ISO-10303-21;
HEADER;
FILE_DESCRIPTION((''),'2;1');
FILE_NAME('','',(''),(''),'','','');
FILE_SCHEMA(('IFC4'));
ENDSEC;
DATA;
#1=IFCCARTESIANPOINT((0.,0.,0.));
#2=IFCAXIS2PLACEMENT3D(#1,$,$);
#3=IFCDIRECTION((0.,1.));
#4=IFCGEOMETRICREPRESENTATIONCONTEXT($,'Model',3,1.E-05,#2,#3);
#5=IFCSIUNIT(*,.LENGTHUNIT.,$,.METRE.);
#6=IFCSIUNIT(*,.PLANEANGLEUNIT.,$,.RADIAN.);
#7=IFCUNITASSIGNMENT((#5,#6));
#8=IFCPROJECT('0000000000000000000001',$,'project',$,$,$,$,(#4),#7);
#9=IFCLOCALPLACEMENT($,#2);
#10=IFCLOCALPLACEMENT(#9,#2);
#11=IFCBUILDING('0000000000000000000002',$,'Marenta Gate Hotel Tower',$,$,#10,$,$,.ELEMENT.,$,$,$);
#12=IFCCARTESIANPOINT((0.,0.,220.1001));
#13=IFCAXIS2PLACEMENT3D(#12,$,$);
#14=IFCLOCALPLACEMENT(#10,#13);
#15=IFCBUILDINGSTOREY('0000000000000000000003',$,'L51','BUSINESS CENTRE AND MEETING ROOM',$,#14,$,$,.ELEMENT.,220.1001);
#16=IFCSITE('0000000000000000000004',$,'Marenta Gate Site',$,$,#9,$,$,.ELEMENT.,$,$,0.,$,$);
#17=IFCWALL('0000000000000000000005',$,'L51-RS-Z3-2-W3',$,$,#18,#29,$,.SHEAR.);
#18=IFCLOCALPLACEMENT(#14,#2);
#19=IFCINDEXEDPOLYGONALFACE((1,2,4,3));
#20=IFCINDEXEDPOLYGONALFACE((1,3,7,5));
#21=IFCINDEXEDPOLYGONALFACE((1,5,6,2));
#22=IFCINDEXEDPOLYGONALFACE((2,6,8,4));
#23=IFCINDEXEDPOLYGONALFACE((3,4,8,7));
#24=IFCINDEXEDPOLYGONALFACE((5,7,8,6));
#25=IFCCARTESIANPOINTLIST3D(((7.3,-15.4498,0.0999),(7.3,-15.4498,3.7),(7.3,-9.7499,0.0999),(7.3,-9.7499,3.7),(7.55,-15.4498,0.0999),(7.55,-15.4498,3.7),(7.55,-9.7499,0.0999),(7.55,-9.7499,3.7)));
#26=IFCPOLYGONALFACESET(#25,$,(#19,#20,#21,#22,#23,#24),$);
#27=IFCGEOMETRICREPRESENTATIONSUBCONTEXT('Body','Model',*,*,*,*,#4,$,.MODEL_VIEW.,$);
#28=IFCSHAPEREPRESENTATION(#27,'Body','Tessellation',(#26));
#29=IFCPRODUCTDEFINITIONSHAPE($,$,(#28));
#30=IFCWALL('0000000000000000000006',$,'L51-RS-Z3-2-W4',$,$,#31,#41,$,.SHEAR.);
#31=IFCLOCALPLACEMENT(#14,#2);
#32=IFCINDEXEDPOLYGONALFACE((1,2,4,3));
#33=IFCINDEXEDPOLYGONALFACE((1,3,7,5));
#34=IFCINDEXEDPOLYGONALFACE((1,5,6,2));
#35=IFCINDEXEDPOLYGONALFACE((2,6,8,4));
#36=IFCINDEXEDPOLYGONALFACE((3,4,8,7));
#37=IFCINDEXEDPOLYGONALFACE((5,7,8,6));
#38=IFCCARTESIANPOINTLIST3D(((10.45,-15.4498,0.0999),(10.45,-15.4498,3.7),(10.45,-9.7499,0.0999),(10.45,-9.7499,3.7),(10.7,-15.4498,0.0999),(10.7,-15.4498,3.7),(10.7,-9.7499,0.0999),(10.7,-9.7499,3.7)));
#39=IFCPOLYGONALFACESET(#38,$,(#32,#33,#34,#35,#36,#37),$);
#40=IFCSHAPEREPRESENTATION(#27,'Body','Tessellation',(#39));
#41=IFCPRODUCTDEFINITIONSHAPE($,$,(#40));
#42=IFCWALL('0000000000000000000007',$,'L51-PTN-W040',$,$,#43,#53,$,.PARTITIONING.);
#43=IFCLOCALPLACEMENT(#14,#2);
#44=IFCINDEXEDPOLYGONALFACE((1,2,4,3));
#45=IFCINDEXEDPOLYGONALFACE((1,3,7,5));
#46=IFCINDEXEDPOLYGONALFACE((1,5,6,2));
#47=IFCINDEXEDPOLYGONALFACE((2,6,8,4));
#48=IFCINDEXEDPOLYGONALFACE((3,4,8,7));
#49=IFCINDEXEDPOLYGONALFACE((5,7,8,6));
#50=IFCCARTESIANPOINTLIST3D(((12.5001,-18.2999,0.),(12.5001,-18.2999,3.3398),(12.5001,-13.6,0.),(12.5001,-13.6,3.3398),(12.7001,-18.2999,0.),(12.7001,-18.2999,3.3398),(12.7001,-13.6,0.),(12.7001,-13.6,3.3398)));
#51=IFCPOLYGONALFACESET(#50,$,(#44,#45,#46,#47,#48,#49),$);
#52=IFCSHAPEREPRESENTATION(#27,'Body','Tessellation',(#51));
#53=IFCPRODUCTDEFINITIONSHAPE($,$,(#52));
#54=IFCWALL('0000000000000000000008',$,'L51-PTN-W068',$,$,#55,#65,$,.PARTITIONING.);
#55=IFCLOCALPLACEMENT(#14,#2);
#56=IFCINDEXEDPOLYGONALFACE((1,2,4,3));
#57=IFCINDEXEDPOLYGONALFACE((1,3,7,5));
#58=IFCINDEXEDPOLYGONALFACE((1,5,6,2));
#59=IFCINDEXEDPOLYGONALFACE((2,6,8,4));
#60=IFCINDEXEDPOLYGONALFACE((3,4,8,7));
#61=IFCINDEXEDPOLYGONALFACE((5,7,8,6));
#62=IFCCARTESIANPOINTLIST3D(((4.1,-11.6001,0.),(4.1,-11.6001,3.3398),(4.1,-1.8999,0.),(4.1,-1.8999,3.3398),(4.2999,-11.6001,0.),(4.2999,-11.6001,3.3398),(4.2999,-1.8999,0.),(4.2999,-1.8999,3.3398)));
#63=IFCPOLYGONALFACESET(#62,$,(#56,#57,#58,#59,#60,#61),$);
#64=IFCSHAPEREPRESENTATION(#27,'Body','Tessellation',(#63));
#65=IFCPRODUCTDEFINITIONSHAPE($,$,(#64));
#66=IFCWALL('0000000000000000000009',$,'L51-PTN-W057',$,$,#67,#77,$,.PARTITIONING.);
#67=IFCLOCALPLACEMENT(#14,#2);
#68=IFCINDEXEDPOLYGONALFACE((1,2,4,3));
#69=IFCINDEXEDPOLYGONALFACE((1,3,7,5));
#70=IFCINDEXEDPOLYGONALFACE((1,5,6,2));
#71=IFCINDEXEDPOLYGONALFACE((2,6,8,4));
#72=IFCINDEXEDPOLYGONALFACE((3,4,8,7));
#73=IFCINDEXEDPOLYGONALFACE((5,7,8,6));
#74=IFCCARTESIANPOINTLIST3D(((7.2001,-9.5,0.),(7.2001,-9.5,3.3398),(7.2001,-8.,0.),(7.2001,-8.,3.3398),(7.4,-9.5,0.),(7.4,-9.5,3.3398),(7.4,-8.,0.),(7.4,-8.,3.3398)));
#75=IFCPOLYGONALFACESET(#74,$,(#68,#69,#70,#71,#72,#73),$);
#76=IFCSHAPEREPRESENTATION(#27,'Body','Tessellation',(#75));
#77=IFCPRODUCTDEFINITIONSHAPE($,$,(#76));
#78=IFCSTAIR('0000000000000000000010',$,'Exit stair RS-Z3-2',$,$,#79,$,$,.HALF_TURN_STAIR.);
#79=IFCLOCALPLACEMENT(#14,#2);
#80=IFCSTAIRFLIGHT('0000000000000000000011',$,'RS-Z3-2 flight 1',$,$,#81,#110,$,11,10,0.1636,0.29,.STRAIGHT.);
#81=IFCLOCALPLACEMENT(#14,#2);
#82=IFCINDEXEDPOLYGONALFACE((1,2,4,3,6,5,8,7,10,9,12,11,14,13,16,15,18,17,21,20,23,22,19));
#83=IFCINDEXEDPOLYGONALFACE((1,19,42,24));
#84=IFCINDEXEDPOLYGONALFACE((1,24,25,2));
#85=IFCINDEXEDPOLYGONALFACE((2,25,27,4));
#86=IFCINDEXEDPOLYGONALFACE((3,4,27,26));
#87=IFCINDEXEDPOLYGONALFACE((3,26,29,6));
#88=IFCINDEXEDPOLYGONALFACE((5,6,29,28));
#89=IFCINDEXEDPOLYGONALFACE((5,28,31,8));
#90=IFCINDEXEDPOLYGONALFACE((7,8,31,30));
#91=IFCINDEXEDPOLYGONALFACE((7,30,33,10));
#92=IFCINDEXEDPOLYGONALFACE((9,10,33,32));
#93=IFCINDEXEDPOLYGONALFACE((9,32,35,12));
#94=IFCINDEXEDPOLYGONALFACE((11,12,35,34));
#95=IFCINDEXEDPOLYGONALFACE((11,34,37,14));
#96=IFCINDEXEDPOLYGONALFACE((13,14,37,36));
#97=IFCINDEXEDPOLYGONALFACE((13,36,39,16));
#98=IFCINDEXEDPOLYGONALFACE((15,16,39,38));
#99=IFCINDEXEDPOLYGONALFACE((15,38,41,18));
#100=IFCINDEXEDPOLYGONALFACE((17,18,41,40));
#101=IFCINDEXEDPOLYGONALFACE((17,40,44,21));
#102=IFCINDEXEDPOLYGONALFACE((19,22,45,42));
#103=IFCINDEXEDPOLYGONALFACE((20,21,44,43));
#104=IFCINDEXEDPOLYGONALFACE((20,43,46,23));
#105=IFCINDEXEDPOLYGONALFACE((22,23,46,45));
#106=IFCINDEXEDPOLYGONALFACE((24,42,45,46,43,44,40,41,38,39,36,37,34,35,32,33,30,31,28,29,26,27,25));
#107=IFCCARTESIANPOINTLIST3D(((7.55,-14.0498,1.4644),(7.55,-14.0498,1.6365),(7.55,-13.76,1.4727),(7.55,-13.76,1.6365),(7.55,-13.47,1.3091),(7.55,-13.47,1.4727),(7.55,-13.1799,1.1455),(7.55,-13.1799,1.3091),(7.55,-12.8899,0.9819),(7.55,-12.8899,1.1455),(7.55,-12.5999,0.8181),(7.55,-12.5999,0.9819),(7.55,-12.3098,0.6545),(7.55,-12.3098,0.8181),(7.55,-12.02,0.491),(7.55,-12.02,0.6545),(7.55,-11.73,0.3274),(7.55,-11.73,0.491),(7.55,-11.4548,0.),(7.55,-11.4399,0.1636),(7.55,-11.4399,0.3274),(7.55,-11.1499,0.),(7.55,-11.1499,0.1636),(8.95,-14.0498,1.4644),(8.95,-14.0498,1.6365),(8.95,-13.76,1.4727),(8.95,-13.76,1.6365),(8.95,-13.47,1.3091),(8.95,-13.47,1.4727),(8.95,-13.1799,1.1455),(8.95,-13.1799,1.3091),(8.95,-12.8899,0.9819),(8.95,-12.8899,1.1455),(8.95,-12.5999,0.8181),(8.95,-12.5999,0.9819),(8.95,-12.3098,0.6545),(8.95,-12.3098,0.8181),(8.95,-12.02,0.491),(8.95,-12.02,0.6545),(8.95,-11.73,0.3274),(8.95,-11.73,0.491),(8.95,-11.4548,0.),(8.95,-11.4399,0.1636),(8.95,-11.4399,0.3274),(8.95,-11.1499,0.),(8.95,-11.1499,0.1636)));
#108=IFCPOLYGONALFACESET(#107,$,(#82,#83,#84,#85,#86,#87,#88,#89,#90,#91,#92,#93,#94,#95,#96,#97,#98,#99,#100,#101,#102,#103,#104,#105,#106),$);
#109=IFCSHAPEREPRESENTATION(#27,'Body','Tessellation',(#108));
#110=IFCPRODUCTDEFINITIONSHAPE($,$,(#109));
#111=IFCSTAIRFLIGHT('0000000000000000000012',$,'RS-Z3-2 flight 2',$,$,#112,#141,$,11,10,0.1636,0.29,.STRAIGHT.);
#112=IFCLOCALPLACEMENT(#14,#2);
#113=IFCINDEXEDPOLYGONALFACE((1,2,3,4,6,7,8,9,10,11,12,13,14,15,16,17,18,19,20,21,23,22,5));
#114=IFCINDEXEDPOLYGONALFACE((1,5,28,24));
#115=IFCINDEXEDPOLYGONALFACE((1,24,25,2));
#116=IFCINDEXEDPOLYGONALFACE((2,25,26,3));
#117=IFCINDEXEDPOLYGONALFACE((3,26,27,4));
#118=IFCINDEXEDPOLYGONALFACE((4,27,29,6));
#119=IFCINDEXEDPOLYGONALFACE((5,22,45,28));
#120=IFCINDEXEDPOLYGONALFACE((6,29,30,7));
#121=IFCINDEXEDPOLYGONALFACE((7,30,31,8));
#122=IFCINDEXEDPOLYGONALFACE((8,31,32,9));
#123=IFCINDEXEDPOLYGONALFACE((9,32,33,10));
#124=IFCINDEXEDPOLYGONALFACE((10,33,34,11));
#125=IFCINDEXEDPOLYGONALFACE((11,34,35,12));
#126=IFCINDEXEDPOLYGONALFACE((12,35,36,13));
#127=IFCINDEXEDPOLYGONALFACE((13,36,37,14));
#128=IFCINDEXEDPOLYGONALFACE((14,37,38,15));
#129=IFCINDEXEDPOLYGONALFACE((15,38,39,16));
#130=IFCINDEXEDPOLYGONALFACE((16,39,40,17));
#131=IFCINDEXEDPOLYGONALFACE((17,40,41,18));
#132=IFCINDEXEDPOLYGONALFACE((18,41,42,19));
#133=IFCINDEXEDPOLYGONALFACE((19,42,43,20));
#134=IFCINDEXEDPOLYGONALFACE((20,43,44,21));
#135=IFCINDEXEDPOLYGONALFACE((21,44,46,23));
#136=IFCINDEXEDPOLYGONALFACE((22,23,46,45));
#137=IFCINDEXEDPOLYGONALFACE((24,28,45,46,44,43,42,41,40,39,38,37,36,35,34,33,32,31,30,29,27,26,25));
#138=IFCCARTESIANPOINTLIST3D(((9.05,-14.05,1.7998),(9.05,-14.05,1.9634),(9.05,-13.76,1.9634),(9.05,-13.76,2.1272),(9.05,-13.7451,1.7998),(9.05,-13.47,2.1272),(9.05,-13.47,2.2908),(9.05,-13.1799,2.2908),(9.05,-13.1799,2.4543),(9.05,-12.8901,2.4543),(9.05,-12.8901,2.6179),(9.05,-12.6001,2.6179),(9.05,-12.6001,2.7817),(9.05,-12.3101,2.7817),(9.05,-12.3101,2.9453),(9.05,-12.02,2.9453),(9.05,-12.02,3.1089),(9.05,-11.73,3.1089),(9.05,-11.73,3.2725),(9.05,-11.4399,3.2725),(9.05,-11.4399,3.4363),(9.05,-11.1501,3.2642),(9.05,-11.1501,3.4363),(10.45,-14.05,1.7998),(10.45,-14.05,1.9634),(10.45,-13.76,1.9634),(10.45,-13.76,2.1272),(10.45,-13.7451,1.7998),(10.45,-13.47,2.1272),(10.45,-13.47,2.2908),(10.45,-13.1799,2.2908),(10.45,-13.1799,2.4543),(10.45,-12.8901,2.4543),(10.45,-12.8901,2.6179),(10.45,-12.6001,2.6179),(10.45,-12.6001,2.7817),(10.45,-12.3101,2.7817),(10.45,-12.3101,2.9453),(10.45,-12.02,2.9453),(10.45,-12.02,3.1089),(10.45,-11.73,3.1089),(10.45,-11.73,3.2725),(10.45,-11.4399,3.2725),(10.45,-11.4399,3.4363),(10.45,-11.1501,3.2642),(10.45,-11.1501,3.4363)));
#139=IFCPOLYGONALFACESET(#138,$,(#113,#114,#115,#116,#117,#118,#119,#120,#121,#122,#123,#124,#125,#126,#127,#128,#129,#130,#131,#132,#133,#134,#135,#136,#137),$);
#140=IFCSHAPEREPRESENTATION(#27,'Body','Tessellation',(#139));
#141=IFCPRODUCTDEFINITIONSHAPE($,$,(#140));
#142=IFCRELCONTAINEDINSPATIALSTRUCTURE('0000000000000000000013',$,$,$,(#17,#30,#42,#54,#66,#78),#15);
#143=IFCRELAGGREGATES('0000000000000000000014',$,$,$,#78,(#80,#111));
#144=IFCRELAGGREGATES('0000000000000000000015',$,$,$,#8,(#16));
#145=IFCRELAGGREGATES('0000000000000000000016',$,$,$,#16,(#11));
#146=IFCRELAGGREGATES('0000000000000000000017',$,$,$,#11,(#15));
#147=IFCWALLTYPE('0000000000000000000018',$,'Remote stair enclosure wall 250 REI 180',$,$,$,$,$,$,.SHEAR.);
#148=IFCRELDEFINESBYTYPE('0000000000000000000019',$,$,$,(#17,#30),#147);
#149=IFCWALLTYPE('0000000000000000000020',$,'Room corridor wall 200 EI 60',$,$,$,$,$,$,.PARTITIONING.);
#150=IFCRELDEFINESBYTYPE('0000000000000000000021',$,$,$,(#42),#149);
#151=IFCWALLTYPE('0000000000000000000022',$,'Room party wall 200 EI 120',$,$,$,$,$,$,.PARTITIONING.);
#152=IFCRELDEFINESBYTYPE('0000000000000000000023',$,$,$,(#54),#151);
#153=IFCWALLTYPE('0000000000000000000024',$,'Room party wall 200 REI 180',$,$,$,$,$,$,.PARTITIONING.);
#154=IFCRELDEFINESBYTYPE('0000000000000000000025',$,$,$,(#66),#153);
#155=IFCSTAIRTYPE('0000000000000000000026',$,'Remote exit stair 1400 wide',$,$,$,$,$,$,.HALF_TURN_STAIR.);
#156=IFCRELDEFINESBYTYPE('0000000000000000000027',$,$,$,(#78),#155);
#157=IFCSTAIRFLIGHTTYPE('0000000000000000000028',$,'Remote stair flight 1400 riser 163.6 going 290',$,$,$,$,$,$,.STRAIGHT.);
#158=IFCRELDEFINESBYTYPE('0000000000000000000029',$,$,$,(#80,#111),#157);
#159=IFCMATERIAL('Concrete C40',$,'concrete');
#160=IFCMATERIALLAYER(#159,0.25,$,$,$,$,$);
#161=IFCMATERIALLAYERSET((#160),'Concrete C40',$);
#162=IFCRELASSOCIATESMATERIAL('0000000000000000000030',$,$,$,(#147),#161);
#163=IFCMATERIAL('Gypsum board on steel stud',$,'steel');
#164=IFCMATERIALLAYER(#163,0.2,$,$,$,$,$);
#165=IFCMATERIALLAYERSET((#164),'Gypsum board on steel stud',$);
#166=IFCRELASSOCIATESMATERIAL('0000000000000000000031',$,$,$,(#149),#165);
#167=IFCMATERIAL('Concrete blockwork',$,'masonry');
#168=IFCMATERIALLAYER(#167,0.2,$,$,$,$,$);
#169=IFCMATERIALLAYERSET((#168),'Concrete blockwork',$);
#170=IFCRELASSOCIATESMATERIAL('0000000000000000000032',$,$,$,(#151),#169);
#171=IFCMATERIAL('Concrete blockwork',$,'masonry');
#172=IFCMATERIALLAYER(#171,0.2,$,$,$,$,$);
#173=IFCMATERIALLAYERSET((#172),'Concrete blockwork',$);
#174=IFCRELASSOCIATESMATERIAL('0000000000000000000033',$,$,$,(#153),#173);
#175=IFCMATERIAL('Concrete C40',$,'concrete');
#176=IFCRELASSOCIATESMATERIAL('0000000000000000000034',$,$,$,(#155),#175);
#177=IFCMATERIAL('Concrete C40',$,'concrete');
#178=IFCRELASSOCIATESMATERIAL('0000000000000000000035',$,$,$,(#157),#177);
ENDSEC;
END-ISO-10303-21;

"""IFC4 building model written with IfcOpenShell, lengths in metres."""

from ifc_helpers import new_model, si_unit, direction, frame, frame_2d, origin, place, context, subcontext, project, spatial, polyline, rectangle, outline, extrude, material, layer, layer_set, type_object, element, aggregate, save


model = new_model("IFC4")

# Units and contexts
model_context = context("Model", 3, precision=1e-05, world=origin(), true_north=direction((0.0, 1.0)))
body_context = subcontext(model_context, "Body", "Model", "MODEL_VIEW")
ifc_project = project(units=[si_unit("LENGTHUNIT", "METRE"), si_unit("PLANEANGLEUNIT", "RADIAN")], contexts=[model_context])

# Site, building, storey
site_placement = place(None, origin())
site = spatial("IfcSite", under=ifc_project, at=site_placement, Name="Marenta Gate Site", CompositionType="ELEMENT", RefElevation=0.0)
building_placement = place(site_placement, origin())
building = spatial("IfcBuilding", under=site, at=building_placement, Name="Marenta Gate Hotel Tower", CompositionType="ELEMENT")
storey_placement = place(building_placement, frame((0.0, 0.0, 220.1001)))
storey = spatial("IfcBuildingStorey", under=building, at=storey_placement, Name="L51", Description="BUSINESS CENTRE AND MEETING ROOM", CompositionType="ELEMENT", Elevation=220.1001)

# Shared definitions
ifc_material_1 = material(Name="Concrete C40", Category="concrete")
ifc_layer_1 = layer(ifc_material_1, 0.25)
ifc_layer_set_1 = layer_set([ifc_layer_1], Name="Concrete C40")
wall_type_1 = type_object("IfcWallType", Name="Remote stair enclosure wall 250 REI 180", PredefinedType="SHEAR", material=ifc_layer_set_1)

# Walls
for number, where, z_axis, x_axis, name in (
    (1, (7.425, -15.45, 0.0999), (0.0, 0.0, 1.0), (0.0, 1.0, 0.0), "L51-RS-Z3-2-W3"),
    (2, (10.575, -15.45, 0.0999), (0.0, 0.0, 1.0), (0.0, 1.0, 0.0), "L51-RS-Z3-2-W4"),
):
    element("IfcWall", number, at=place(storey_placement, frame(where, z_axis=z_axis, x_axis=x_axis)), inside=storey, type_object=wall_type_1, Name=name, PredefinedType="SHEAR", context=body_context, shape_type="SweptSolid", body=[
        extrude(rectangle(XDim=5.7, YDim=0.25, at=frame_2d((2.8501, 0.0))), origin(), (0.0, 0.0, 1.0), 3.6001),
    ])

# Shared definitions
ifc_material_2 = material(Name="Gypsum board on steel stud", Category="steel")
ifc_layer_2 = layer(ifc_material_2, 0.2)
ifc_layer_set_2 = layer_set([ifc_layer_2], Name="Gypsum board on steel stud")
wall_type_2 = type_object("IfcWallType", Name="Room corridor wall 200 EI 60", PredefinedType="PARTITIONING", material=ifc_layer_set_2)

# Wall
wall_1_placement = place(storey_placement, frame((12.6001, -18.3, 0.0), z_axis=(0.0, 0.0, 1.0), x_axis=(0.0, 1.0, 0.0)))
element("IfcWall", 3, at=wall_1_placement, inside=storey, type_object=wall_type_2, Name="L51-PTN-W040", PredefinedType="PARTITIONING", context=body_context, shape_type="SweptSolid", body=[
    extrude(rectangle(XDim=4.7, YDim=0.2, at=frame_2d((2.3501, 0.0))), origin(), (0.0, 0.0, 1.0), 3.3398),
])

# Walls
ifc_material_3 = material(Name="Concrete blockwork", Category="masonry")
ifc_layer_3 = layer(ifc_material_3, 0.2)
ifc_layer_set_3 = layer_set([ifc_layer_3], Name="Concrete blockwork")
wall_type_3 = type_object("IfcWallType", Name="Room party wall 200 EI 120", PredefinedType="PARTITIONING", material=ifc_layer_set_3)
wall_2_placement = place(storey_placement, frame((4.2, -11.6001, 0.0), z_axis=(0.0, 0.0, 1.0), x_axis=(0.0, 1.0, 0.0)))
element("IfcWall", 4, at=wall_2_placement, inside=storey, type_object=wall_type_3, Name="L51-PTN-W068", PredefinedType="PARTITIONING", context=body_context, shape_type="SweptSolid", body=[
    extrude(rectangle(XDim=9.7002, YDim=0.2, at=frame_2d((4.8501, 0.0))), origin(), (0.0, 0.0, 1.0), 3.3398),
])
ifc_material_4 = material(Name="Concrete blockwork", Category="masonry")
ifc_layer_4 = layer(ifc_material_4, 0.2)
ifc_layer_set_4 = layer_set([ifc_layer_4], Name="Concrete blockwork")
wall_type_4 = type_object("IfcWallType", Name="Room party wall 200 REI 180", PredefinedType="PARTITIONING", material=ifc_layer_set_4)
wall_3_placement = place(storey_placement, frame((7.3, -9.5, 0.0), z_axis=(0.0, 0.0, 1.0), x_axis=(0.0, 1.0, 0.0)))
element("IfcWall", 5, at=wall_3_placement, inside=storey, type_object=wall_type_4, Name="L51-PTN-W057", PredefinedType="PARTITIONING", context=body_context, shape_type="SweptSolid", body=[
    extrude(rectangle(XDim=1.5, YDim=0.2, at=frame_2d((0.75, 0.0))), origin(), (0.0, 0.0, 1.0), 3.3398),
])

# Stair, stair flights
ifc_material_5 = material(Name="Concrete C40", Category="concrete")
stair_type = type_object("IfcStairType", Name="Remote exit stair 1400 wide", PredefinedType="HALF_TURN_STAIR", material=ifc_material_5)
stair_placement = place(storey_placement, origin())
stair = element("IfcStair", 6, at=stair_placement, inside=storey, type_object=stair_type, Name="Exit stair RS-Z3-2", PredefinedType="HALF_TURN_STAIR")
ifc_material_6 = material(Name="Concrete C40", Category="concrete")
stair_flight_type = type_object("IfcStairFlightType", Name="Remote stair flight 1400 riser 163.6 going 290", PredefinedType="STRAIGHT", material=ifc_material_6)
stair_flight_1_placement = place(storey_placement, frame((8.25, -11.1499, 0.0), z_axis=(0.0, 0.0, 1.0), x_axis=(0.0, -1.0, 0.0)))
stair_flight_1 = element("IfcStairFlight", 7, at=stair_flight_1_placement, type_object=stair_flight_type, Name="RS-Z3-2 flight 1", NumberOfRisers=11, NumberOfTreads=10, PredefinedType="STRAIGHT", RiserHeight=0.1636, TreadLength=0.29, context=body_context, shape_type="SweptSolid", body=[
    extrude(outline(polyline([(0.0, 0.0), (0.0, 0.1636), (0.29, 0.1636), (0.29, 0.3274), (0.5801, 0.3274), (0.5801, 0.491), (0.8701, 0.491), (0.8701, 0.6545), (1.1599, 0.6545), (1.1599, 0.8181), (1.45, 0.8181), (1.45, 0.9819), (1.74, 0.9819), (1.74, 1.1455), (2.03, 1.1455), (2.03, 1.3091), (2.3201, 1.3091), (2.3201, 1.4727), (2.6101, 1.4727), (2.6101, 1.6365), (2.8999, 1.6365), (2.8999, 1.8), (2.8999, 1.4644), (0.3049, 0.0), (0.0, 0.0)])), frame((0.0, 0.7, 0.0), z_axis=(0.0, -1.0, 0.0), x_axis=(1.0, 0.0, 0.0)), (0.0, 0.0, 1.0), 1.3999),
])
stair_flight_2_placement = place(storey_placement, frame((9.75, -14.05, 1.7998), z_axis=(0.0, 0.0, 1.0), x_axis=(0.0, 1.0, 0.0)))
stair_flight_2 = element("IfcStairFlight", 8, at=stair_flight_2_placement, type_object=stair_flight_type, Name="RS-Z3-2 flight 2", NumberOfRisers=11, NumberOfTreads=10, PredefinedType="STRAIGHT", RiserHeight=0.1636, TreadLength=0.29, context=body_context, shape_type="SweptSolid", body=[
    extrude(outline(polyline([(0.0, 0.0), (0.0, 0.1636), (0.29, 0.1636), (0.29, 0.3274), (0.5801, 0.3274), (0.5801, 0.491), (0.8701, 0.491), (0.8701, 0.6545), (1.1599, 0.6545), (1.1599, 0.8181), (1.45, 0.8181), (1.45, 0.9819), (1.74, 0.9819), (1.74, 1.1455), (2.03, 1.1455), (2.03, 1.3091), (2.3201, 1.3091), (2.3201, 1.4727), (2.6101, 1.4727), (2.6101, 1.6365), (2.8999, 1.6365), (2.8999, 1.8), (2.8999, 1.4644), (0.3049, 0.0), (0.0, 0.0)])), frame((0.0, 0.7, 0.0), z_axis=(0.0, -1.0, 0.0), x_axis=(1.0, 0.0, 0.0)), (0.0, 0.0, 1.0), 1.3999),
])
aggregate(stair, [stair_flight_1, stair_flight_2])

save(model, "model.ifc")
